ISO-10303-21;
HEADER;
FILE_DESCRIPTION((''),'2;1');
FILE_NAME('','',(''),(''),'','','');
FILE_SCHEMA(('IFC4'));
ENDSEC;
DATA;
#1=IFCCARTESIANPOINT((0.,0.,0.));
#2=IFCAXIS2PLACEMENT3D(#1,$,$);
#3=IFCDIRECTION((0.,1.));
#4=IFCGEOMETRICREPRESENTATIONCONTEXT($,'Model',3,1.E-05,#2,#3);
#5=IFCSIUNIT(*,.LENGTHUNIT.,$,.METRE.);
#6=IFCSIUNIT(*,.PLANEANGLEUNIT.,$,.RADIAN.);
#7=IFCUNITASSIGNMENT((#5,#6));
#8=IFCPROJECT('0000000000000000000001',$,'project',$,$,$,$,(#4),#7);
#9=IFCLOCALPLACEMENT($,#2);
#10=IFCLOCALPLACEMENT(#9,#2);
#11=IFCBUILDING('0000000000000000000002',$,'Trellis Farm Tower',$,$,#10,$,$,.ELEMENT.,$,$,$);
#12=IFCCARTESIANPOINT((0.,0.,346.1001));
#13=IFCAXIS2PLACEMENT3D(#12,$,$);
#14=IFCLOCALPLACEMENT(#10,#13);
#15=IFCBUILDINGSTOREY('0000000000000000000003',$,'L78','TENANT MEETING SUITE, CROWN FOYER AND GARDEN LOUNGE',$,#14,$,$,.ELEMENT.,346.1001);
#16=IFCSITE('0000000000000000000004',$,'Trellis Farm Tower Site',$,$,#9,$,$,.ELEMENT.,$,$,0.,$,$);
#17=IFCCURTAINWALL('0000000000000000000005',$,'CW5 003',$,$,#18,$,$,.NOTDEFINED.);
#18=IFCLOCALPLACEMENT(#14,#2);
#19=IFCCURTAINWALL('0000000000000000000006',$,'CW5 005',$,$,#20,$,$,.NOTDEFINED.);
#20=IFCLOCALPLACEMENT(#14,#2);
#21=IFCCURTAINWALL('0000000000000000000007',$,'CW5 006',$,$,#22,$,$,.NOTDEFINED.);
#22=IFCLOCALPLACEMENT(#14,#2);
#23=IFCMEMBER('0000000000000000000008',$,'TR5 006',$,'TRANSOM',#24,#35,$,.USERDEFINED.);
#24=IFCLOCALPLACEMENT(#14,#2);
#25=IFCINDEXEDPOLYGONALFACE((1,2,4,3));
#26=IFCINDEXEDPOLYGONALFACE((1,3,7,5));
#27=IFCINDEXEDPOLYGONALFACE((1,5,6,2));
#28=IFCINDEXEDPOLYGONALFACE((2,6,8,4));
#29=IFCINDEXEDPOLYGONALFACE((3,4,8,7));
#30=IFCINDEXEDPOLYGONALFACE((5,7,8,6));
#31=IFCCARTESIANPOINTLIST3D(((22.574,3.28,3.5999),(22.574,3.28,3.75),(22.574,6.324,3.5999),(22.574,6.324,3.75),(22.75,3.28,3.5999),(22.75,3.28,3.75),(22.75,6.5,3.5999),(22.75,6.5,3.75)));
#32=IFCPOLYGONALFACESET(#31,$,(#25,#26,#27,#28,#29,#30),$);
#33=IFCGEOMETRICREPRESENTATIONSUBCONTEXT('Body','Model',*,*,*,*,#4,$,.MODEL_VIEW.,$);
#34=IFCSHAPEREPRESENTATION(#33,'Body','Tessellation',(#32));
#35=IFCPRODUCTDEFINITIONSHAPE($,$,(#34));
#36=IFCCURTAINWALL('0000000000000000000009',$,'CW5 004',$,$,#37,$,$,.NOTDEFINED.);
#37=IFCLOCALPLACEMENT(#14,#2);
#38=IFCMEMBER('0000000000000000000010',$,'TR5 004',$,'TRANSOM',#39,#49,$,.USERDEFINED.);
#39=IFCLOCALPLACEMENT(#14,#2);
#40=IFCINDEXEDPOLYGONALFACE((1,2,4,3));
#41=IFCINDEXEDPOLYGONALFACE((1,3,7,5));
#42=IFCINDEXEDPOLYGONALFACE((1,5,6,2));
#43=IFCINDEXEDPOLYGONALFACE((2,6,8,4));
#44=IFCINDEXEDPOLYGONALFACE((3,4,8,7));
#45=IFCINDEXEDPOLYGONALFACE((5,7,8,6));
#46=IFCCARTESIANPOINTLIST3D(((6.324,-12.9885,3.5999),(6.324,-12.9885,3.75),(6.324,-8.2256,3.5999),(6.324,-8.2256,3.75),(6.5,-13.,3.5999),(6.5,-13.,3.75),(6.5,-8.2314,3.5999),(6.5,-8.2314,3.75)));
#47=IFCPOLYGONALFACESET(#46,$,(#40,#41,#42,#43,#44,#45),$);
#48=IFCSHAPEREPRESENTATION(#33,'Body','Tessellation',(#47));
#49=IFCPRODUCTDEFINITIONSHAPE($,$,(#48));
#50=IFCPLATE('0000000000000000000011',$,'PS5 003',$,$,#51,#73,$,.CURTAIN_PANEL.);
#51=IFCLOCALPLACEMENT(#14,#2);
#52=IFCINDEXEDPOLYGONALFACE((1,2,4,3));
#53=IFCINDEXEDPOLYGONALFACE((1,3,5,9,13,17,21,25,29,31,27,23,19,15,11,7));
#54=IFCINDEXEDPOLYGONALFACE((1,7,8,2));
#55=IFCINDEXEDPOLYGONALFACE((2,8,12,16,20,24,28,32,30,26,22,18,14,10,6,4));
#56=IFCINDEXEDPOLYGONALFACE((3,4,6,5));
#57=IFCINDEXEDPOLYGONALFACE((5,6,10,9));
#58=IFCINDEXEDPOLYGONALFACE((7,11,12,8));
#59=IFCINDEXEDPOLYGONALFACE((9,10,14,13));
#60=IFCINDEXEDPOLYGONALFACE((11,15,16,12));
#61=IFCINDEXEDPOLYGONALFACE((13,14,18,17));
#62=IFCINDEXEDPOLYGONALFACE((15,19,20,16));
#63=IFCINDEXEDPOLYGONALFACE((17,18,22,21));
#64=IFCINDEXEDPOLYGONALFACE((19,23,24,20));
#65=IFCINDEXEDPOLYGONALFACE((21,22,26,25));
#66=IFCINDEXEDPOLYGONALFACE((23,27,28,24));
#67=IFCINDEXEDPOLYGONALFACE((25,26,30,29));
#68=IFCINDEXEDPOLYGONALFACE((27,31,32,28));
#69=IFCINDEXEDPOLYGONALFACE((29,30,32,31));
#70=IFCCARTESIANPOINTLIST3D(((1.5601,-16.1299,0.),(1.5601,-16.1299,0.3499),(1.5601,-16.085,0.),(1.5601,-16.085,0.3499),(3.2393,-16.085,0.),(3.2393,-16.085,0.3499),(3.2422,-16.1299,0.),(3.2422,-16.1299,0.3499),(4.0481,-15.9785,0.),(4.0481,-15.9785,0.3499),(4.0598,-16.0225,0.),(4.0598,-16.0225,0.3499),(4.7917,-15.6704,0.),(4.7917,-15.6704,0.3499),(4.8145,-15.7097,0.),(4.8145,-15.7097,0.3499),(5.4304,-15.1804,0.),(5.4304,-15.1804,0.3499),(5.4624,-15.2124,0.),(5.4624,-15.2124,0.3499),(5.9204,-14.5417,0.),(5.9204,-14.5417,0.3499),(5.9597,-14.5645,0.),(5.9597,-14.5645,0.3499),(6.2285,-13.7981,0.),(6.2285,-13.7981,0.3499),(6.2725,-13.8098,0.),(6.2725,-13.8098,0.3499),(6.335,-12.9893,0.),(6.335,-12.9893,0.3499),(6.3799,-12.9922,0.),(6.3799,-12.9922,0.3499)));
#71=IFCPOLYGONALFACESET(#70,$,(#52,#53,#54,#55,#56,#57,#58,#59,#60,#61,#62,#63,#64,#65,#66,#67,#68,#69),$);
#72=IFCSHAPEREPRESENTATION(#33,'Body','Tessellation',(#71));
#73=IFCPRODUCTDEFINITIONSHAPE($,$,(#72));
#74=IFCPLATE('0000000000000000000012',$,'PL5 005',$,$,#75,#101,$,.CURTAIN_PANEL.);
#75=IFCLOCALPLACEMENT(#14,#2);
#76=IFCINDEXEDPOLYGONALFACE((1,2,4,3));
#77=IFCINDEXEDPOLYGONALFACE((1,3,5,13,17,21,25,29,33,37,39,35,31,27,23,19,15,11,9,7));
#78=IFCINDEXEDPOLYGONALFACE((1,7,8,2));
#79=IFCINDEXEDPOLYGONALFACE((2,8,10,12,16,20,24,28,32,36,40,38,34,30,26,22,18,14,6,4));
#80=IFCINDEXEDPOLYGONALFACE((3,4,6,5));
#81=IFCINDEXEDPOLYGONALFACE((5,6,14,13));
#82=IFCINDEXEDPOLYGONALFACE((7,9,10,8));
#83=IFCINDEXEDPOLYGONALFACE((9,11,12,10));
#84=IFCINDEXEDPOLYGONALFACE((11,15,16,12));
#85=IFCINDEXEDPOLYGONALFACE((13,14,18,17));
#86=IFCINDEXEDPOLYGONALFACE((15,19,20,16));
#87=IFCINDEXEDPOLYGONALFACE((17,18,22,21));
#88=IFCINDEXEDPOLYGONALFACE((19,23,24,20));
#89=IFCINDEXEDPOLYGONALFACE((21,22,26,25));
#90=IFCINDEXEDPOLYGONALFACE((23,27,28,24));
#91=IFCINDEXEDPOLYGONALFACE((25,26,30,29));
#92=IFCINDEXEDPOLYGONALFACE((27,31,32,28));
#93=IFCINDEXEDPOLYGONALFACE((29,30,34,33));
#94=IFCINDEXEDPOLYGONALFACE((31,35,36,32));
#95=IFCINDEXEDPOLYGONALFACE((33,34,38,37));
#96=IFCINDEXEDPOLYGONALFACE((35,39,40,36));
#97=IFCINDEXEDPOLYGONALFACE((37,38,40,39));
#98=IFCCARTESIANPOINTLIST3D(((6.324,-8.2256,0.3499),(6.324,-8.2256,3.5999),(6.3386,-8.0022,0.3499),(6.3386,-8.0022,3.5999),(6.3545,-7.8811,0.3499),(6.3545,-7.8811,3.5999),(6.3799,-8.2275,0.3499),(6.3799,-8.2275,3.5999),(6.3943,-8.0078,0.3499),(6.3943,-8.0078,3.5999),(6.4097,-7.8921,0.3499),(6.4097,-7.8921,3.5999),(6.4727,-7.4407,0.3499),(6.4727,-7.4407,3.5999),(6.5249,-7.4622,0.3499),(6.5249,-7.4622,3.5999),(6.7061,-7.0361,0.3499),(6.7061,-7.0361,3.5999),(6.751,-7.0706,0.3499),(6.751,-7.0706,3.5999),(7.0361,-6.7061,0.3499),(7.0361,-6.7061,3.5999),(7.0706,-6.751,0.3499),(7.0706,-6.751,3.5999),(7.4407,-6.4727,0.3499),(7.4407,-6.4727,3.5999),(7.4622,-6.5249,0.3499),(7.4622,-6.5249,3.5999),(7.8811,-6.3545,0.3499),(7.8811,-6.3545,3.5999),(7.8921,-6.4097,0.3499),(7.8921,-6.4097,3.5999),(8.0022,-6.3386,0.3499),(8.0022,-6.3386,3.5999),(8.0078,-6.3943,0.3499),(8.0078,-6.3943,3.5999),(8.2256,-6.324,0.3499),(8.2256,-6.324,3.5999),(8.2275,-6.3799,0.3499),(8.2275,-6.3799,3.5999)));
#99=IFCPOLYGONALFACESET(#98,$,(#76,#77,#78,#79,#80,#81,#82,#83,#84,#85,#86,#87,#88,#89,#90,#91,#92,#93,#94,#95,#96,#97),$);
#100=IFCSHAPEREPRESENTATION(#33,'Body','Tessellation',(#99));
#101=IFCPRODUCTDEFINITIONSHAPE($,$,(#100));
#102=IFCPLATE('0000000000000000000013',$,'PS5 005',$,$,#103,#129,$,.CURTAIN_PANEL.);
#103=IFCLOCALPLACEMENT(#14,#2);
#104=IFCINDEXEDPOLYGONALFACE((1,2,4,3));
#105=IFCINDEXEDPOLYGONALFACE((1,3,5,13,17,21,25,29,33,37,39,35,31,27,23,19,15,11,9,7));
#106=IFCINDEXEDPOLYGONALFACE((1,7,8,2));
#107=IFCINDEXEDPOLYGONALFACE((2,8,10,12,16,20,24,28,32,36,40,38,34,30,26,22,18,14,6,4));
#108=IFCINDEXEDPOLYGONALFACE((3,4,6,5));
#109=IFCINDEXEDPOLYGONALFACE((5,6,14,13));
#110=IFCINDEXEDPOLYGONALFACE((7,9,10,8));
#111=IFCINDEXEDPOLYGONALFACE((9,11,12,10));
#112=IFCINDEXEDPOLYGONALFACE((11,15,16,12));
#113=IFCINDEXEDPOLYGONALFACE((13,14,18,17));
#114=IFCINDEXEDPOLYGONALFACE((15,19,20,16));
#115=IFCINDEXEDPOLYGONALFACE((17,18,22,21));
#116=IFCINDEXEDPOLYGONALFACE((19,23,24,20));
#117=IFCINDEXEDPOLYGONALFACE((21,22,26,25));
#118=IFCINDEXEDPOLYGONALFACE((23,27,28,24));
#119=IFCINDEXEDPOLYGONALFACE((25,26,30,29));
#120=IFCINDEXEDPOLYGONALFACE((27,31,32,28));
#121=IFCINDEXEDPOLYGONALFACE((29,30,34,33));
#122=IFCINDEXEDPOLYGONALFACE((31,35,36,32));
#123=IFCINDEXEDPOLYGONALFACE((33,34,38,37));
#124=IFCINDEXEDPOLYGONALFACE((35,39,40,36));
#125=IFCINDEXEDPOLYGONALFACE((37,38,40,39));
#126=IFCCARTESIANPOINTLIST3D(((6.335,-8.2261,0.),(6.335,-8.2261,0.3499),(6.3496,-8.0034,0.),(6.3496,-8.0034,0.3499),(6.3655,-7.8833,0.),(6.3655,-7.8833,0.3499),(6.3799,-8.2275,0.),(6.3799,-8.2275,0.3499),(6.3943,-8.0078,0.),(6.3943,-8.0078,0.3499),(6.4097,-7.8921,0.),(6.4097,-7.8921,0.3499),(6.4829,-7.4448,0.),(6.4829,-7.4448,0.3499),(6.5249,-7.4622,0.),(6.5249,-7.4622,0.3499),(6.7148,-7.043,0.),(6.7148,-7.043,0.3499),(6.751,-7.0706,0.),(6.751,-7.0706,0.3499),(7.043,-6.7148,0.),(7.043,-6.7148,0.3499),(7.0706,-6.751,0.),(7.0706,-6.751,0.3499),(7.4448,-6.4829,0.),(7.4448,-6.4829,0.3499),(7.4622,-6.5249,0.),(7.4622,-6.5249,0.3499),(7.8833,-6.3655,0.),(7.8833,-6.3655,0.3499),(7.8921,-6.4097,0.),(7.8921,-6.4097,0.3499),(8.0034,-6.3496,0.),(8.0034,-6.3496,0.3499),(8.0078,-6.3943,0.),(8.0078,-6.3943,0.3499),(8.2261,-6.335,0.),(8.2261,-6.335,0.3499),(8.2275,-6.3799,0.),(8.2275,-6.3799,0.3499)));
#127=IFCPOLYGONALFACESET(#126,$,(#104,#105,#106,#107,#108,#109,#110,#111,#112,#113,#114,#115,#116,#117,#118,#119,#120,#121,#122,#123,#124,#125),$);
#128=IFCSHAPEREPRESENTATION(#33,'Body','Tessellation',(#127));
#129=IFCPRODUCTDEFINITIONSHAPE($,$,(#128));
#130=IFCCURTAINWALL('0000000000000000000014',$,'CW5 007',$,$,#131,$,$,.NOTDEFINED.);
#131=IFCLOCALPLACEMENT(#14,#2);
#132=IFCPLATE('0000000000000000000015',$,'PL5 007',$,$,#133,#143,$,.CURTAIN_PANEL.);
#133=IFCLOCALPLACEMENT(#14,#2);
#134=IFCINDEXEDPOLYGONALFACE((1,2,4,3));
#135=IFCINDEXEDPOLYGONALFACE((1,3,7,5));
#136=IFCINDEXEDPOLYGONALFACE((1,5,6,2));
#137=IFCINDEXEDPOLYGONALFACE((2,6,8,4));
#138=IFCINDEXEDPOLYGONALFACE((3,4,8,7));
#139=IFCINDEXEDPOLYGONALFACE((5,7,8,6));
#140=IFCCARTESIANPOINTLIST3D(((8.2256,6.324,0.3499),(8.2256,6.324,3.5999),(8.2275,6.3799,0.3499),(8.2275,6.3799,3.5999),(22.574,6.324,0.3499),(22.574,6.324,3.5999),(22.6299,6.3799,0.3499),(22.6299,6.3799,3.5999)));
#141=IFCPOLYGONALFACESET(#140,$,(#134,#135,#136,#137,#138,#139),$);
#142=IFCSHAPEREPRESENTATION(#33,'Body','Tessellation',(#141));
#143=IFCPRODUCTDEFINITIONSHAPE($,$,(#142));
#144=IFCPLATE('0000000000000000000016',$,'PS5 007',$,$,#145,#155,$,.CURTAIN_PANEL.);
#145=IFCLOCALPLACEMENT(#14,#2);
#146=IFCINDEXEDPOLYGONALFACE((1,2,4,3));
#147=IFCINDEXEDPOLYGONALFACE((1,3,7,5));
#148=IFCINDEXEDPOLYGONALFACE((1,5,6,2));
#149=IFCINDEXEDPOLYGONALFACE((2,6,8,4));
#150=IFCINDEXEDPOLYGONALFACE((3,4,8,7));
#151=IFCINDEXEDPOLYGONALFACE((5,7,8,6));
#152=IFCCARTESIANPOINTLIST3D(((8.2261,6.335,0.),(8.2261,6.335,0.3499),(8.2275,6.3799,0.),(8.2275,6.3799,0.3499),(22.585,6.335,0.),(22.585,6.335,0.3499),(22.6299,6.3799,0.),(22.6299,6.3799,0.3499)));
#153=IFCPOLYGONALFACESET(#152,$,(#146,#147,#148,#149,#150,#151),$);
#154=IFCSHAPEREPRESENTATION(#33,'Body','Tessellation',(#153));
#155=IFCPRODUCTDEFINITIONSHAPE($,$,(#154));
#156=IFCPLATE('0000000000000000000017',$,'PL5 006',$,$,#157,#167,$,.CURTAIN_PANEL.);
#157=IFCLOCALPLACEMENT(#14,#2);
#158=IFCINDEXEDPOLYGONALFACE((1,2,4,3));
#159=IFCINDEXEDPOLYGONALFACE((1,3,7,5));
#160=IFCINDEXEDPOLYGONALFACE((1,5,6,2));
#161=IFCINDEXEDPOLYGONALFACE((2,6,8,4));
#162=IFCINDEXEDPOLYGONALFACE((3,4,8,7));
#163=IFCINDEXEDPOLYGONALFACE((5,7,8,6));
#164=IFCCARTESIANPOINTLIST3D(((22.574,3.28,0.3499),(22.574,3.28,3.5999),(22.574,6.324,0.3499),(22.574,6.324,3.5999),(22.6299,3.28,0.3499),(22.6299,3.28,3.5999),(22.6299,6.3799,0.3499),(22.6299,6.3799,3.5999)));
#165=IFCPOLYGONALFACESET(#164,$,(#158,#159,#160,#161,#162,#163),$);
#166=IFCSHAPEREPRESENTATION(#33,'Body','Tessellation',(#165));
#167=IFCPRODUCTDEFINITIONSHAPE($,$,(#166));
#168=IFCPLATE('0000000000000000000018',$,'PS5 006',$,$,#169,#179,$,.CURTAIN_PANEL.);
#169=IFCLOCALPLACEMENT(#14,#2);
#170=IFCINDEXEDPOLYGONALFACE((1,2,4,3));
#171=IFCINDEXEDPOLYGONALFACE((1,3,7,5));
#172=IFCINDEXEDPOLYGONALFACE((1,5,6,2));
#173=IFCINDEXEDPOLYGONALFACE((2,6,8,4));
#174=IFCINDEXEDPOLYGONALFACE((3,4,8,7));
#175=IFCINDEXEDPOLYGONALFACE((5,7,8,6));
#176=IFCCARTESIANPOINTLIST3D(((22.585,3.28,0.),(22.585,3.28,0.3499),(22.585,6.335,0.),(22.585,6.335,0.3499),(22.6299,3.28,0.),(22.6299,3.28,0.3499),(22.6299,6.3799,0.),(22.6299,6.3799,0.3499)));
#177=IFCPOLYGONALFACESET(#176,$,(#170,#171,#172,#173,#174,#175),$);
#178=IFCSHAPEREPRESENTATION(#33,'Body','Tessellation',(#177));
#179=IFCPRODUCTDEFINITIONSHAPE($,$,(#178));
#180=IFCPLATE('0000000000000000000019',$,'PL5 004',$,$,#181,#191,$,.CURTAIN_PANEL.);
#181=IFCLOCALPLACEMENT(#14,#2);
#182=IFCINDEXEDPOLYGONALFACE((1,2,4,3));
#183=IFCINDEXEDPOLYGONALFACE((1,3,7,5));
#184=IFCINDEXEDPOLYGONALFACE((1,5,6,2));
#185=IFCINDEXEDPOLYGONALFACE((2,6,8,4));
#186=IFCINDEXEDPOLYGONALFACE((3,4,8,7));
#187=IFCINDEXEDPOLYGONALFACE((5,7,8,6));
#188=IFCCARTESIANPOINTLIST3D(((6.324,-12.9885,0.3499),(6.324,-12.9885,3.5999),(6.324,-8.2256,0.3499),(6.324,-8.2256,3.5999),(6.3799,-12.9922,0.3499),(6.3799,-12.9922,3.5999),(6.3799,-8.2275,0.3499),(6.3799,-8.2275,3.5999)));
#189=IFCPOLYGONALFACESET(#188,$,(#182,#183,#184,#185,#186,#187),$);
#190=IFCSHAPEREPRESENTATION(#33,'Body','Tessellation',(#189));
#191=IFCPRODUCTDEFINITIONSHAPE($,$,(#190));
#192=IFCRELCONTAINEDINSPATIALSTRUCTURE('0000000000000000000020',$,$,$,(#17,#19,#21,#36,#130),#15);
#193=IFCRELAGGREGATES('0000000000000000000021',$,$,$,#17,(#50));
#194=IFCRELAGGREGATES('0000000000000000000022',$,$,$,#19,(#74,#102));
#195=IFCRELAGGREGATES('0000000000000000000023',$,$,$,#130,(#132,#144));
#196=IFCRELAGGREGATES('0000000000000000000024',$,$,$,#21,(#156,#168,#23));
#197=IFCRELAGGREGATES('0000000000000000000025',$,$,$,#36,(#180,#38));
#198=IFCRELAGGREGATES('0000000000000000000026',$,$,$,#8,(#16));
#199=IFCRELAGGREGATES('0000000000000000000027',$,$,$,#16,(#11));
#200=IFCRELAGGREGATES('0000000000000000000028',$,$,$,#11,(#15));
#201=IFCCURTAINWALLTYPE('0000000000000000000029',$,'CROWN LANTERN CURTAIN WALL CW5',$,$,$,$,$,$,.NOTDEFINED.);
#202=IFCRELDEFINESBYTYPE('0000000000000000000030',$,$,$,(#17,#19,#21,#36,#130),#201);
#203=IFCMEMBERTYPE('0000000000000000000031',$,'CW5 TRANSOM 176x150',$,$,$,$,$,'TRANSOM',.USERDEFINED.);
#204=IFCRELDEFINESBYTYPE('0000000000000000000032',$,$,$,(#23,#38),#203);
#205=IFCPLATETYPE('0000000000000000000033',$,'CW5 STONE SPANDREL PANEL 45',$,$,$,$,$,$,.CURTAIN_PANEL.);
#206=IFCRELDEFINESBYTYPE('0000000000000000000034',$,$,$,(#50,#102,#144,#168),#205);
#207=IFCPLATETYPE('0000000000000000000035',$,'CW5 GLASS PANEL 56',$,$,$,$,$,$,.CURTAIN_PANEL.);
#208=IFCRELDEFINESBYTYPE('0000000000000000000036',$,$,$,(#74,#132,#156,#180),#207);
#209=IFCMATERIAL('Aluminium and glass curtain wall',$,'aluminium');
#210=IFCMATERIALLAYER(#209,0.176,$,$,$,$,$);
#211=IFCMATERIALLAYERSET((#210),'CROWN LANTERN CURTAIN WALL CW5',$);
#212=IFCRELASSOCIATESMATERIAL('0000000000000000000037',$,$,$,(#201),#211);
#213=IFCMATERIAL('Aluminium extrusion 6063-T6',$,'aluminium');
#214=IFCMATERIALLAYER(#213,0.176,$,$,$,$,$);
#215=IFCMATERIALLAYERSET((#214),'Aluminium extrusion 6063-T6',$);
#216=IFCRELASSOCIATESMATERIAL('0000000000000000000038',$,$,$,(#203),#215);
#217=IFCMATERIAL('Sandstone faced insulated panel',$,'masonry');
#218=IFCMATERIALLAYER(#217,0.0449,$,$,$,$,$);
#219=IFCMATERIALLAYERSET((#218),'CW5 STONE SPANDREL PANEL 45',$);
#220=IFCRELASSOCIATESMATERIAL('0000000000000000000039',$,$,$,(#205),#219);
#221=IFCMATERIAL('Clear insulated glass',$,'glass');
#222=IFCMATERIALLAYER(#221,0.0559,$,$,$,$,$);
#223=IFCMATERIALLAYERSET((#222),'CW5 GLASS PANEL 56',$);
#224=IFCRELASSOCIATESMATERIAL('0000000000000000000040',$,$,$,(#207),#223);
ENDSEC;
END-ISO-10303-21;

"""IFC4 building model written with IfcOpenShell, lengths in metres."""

from ifc_helpers import new_model, si_unit, direction, frame, origin, place, context, subcontext, project, spatial, polyline, outline, extrude, source, transform, mapped, material, layer, layer_set, type_object, element, aggregate, save


model = new_model("IFC4")

# Units and contexts
model_context = context("Model", 3, precision=1e-05, world=origin(), true_north=direction((0.0, 1.0)))
body_context = subcontext(model_context, "Body", "Model", "MODEL_VIEW")
ifc_project = project(units=[si_unit("LENGTHUNIT", "METRE"), si_unit("PLANEANGLEUNIT", "RADIAN")], contexts=[model_context])

# Site, building, storey
site_placement = place(None, origin())
site = spatial("IfcSite", under=ifc_project, at=site_placement, Name="Trellis Farm Tower Site", CompositionType="ELEMENT", RefElevation=0.0)
building_placement = place(site_placement, origin())
building = spatial("IfcBuilding", under=site, at=building_placement, Name="Trellis Farm Tower", CompositionType="ELEMENT")
storey_placement = place(building_placement, frame((0.0, 0.0, 346.1001)))
storey = spatial("IfcBuildingStorey", under=building, at=storey_placement, Name="L78", Description="TENANT MEETING SUITE, CROWN FOYER AND GARDEN LOUNGE", CompositionType="ELEMENT", Elevation=346.1001)

# Curtain wall
ifc_material_1 = material(Name="Aluminium and glass curtain wall", Category="aluminium")
ifc_layer_1 = layer(ifc_material_1, 0.176)
ifc_layer_set_1 = layer_set([ifc_layer_1], Name="CROWN LANTERN CURTAIN WALL CW5")
curtain_wall_type = type_object("IfcCurtainWallType", Name="CROWN LANTERN CURTAIN WALL CW5", PredefinedType="NOTDEFINED", material=ifc_layer_set_1)
placement_1 = place(storey_placement, origin())
curtain_wall_1 = element("IfcCurtainWall", 1, at=placement_1, inside=storey, type_object=curtain_wall_type, Name="CW5 003", PredefinedType="NOTDEFINED")
ifc_material_2 = material(Name="Aluminium extrusion 6063-T6", Category="aluminium")
ifc_layer_2 = layer(ifc_material_2, 0.176)
ifc_layer_set_2 = layer_set([ifc_layer_2], Name="Aluminium extrusion 6063-T6")
member_type_1 = type_object("IfcMemberType", Name="CW5 TRANSOM 176x150", ElementType="TRANSOM", PredefinedType="USERDEFINED", material=ifc_layer_set_2)
placement_2 = place(storey_placement, frame((0.0, 0.0, 3.5999)))

# Curtain walls, members
curtain_wall_2 = element("IfcCurtainWall", 2, at=placement_1, inside=storey, type_object=curtain_wall_type, Name="CW5 005", PredefinedType="NOTDEFINED")
curtain_wall_3 = element("IfcCurtainWall", 3, at=placement_1, inside=storey, type_object=curtain_wall_type, Name="CW5 006", PredefinedType="NOTDEFINED")
shared_shape_1 = source(origin(), body_context, "Body", "SweptSolid", [
    extrude(outline(polyline([(22.75, 3.28), (22.75, 6.5), (22.574, 6.324), (22.574, 3.28), (22.75, 3.28)])), origin(), (0.0, 0.0, 1.0), 0.1501),
])
member_1 = element("IfcMember", 4, at=placement_2, type_object=member_type_1, Name="TR5 006", ObjectType="TRANSOM", PredefinedType="USERDEFINED", context=body_context, shape_type="MappedRepresentation", body=[
    mapped(shared_shape_1, transform((0.0, 0.0, 0.0))),
])
curtain_wall_4 = element("IfcCurtainWall", 5, at=placement_1, inside=storey, type_object=curtain_wall_type, Name="CW5 004", PredefinedType="NOTDEFINED")
shared_shape_2 = source(origin(), body_context, "Body", "SweptSolid", [
    extrude(outline(polyline([(6.5, -13.0), (6.5, -8.2314), (6.324, -8.2256), (6.324, -12.9885), (6.5, -13.0)])), origin(), (0.0, 0.0, 1.0), 0.1501),
])
member_2 = element("IfcMember", 6, at=placement_2, type_object=member_type_1, Name="TR5 004", ObjectType="TRANSOM", PredefinedType="USERDEFINED", context=body_context, shape_type="MappedRepresentation", body=[
    mapped(shared_shape_2, transform((0.0, 0.0, 0.0))),
])

# Plates
ifc_material_3 = material(Name="Sandstone faced insulated panel", Category="masonry")
ifc_layer_3 = layer(ifc_material_3, 0.0449)
ifc_layer_set_3 = layer_set([ifc_layer_3], Name="CW5 STONE SPANDREL PANEL 45")
plate_type_1 = type_object("IfcPlateType", Name="CW5 STONE SPANDREL PANEL 45", PredefinedType="CURTAIN_PANEL", material=ifc_layer_set_3)
plate_1 = element("IfcPlate", 7, at=placement_1, type_object=plate_type_1, Name="PS5 003", PredefinedType="CURTAIN_PANEL", context=body_context, shape_type="SweptSolid", body=[
    extrude(outline(polyline([(1.5601, -16.1299), (3.2422, -16.1299), (4.0598, -16.0225), (4.8145, -15.7097), (5.4624, -15.2124), (5.9597, -14.5645), (6.2725, -13.8098), (6.3799, -12.9922), (6.335, -12.9893), (6.2285, -13.7981), (5.9204, -14.5417), (5.4304, -15.1804), (4.7917, -15.6704), (4.0481, -15.9785), (3.2393, -16.085), (1.5601, -16.085), (1.5601, -16.1299)])), origin(), (0.0, 0.0, 1.0), 0.3499),
])
aggregate(curtain_wall_1, [plate_1])
ifc_material_4 = material(Name="Clear insulated glass", Category="glass")
ifc_layer_4 = layer(ifc_material_4, 0.0559)
ifc_layer_set_4 = layer_set([ifc_layer_4], Name="CW5 GLASS PANEL 56")
plate_type_2 = type_object("IfcPlateType", Name="CW5 GLASS PANEL 56", PredefinedType="CURTAIN_PANEL", material=ifc_layer_set_4)
shared_shape_3 = source(origin(), body_context, "Body", "SweptSolid", [
    extrude(outline(polyline([(6.3799, -8.2275), (6.3943, -8.0078), (6.4097, -7.8921), (6.5249, -7.4622), (6.751, -7.0706), (7.0706, -6.751), (7.4622, -6.5249), (7.8921, -6.4097), (8.0078, -6.3943), (8.2275, -6.3799), (8.2256, -6.324), (8.0022, -6.3386), (7.8811, -6.3545), (7.4407, -6.4727), (7.0361, -6.7061), (6.7061, -7.0361), (6.4727, -7.4407), (6.3545, -7.8811), (6.3386, -8.0022), (6.324, -8.2256), (6.3799, -8.2275)])), origin(), (0.0, 0.0, 1.0), 3.25),
])
placement_3 = place(storey_placement, frame((0.0, 0.0, 0.3499)))
plate_2 = element("IfcPlate", 8, at=placement_3, type_object=plate_type_2, Name="PL5 005", PredefinedType="CURTAIN_PANEL", context=body_context, shape_type="MappedRepresentation", body=[
    mapped(shared_shape_3, transform((0.0, 0.0, 0.0))),
])
shared_shape_4 = source(origin(), body_context, "Body", "SweptSolid", [
    extrude(outline(polyline([(6.3799, -8.2275), (6.3943, -8.0078), (6.4097, -7.8921), (6.5249, -7.4622), (6.751, -7.0706), (7.0706, -6.751), (7.4622, -6.5249), (7.8921, -6.4097), (8.0078, -6.3943), (8.2275, -6.3799), (8.2261, -6.335), (8.0034, -6.3496), (7.8833, -6.3655), (7.4448, -6.4829), (7.043, -6.7148), (6.7148, -7.043), (6.4829, -7.4448), (6.3655, -7.8833), (6.3496, -8.0034), (6.335, -8.2261), (6.3799, -8.2275)])), origin(), (0.0, 0.0, 1.0), 0.3499),
])
plate_3 = element("IfcPlate", 9, at=placement_1, type_object=plate_type_1, Name="PS5 005", PredefinedType="CURTAIN_PANEL", context=body_context, shape_type="MappedRepresentation", body=[
    mapped(shared_shape_4, transform((0.0, 0.0, 0.0))),
])
aggregate(curtain_wall_2, [plate_2, plate_3])

# Curtain wall, plates
curtain_wall_5 = element("IfcCurtainWall", 10, at=placement_1, inside=storey, type_object=curtain_wall_type, Name="CW5 007", PredefinedType="NOTDEFINED")
shared_shape_5 = source(origin(), body_context, "Body", "SweptSolid", [
    extrude(outline(polyline([(22.6299, 6.3799), (8.2275, 6.3799), (8.2256, 6.324), (22.574, 6.324), (22.6299, 6.3799)])), origin(), (0.0, 0.0, 1.0), 3.25),
])
plate_4 = element("IfcPlate", 11, at=placement_3, type_object=plate_type_2, Name="PL5 007", PredefinedType="CURTAIN_PANEL", context=body_context, shape_type="MappedRepresentation", body=[
    mapped(shared_shape_5, transform((0.0, 0.0, 0.0))),
])
shared_shape_6 = source(origin(), body_context, "Body", "SweptSolid", [
    extrude(outline(polyline([(22.6299, 6.3799), (8.2275, 6.3799), (8.2261, 6.335), (22.585, 6.335), (22.6299, 6.3799)])), origin(), (0.0, 0.0, 1.0), 0.3499),
])
plate_5 = element("IfcPlate", 12, at=placement_1, type_object=plate_type_1, Name="PS5 007", PredefinedType="CURTAIN_PANEL", context=body_context, shape_type="MappedRepresentation", body=[
    mapped(shared_shape_6, transform((0.0, 0.0, 0.0))),
])
aggregate(curtain_wall_5, [plate_4, plate_5])

# Plates
shared_shape_7 = source(origin(), body_context, "Body", "SweptSolid", [
    extrude(outline(polyline([(22.6299, 3.28), (22.6299, 6.3799), (22.574, 6.324), (22.574, 3.28), (22.6299, 3.28)])), origin(), (0.0, 0.0, 1.0), 3.25),
])
plate_6 = element("IfcPlate", 13, at=placement_3, type_object=plate_type_2, Name="PL5 006", PredefinedType="CURTAIN_PANEL", context=body_context, shape_type="MappedRepresentation", body=[
    mapped(shared_shape_7, transform((0.0, 0.0, 0.0))),
])
shared_shape_8 = source(origin(), body_context, "Body", "SweptSolid", [
    extrude(outline(polyline([(22.6299, 3.28), (22.6299, 6.3799), (22.585, 6.335), (22.585, 3.28), (22.6299, 3.28)])), origin(), (0.0, 0.0, 1.0), 0.3499),
])
plate_7 = element("IfcPlate", 14, at=placement_1, type_object=plate_type_1, Name="PS5 006", PredefinedType="CURTAIN_PANEL", context=body_context, shape_type="MappedRepresentation", body=[
    mapped(shared_shape_8, transform((0.0, 0.0, 0.0))),
])
aggregate(curtain_wall_3, [plate_6, plate_7, member_1])
shared_shape_9 = source(origin(), body_context, "Body", "SweptSolid", [
    extrude(outline(polyline([(6.3799, -12.9922), (6.3799, -8.2275), (6.324, -8.2256), (6.324, -12.9885), (6.3799, -12.9922)])), origin(), (0.0, 0.0, 1.0), 3.25),
])
plate_8 = element("IfcPlate", 15, at=placement_3, type_object=plate_type_2, Name="PL5 004", PredefinedType="CURTAIN_PANEL", context=body_context, shape_type="MappedRepresentation", body=[
    mapped(shared_shape_9, transform((0.0, 0.0, 0.0))),
])
aggregate(curtain_wall_4, [plate_8, member_2])

save(model, "model.ifc")
